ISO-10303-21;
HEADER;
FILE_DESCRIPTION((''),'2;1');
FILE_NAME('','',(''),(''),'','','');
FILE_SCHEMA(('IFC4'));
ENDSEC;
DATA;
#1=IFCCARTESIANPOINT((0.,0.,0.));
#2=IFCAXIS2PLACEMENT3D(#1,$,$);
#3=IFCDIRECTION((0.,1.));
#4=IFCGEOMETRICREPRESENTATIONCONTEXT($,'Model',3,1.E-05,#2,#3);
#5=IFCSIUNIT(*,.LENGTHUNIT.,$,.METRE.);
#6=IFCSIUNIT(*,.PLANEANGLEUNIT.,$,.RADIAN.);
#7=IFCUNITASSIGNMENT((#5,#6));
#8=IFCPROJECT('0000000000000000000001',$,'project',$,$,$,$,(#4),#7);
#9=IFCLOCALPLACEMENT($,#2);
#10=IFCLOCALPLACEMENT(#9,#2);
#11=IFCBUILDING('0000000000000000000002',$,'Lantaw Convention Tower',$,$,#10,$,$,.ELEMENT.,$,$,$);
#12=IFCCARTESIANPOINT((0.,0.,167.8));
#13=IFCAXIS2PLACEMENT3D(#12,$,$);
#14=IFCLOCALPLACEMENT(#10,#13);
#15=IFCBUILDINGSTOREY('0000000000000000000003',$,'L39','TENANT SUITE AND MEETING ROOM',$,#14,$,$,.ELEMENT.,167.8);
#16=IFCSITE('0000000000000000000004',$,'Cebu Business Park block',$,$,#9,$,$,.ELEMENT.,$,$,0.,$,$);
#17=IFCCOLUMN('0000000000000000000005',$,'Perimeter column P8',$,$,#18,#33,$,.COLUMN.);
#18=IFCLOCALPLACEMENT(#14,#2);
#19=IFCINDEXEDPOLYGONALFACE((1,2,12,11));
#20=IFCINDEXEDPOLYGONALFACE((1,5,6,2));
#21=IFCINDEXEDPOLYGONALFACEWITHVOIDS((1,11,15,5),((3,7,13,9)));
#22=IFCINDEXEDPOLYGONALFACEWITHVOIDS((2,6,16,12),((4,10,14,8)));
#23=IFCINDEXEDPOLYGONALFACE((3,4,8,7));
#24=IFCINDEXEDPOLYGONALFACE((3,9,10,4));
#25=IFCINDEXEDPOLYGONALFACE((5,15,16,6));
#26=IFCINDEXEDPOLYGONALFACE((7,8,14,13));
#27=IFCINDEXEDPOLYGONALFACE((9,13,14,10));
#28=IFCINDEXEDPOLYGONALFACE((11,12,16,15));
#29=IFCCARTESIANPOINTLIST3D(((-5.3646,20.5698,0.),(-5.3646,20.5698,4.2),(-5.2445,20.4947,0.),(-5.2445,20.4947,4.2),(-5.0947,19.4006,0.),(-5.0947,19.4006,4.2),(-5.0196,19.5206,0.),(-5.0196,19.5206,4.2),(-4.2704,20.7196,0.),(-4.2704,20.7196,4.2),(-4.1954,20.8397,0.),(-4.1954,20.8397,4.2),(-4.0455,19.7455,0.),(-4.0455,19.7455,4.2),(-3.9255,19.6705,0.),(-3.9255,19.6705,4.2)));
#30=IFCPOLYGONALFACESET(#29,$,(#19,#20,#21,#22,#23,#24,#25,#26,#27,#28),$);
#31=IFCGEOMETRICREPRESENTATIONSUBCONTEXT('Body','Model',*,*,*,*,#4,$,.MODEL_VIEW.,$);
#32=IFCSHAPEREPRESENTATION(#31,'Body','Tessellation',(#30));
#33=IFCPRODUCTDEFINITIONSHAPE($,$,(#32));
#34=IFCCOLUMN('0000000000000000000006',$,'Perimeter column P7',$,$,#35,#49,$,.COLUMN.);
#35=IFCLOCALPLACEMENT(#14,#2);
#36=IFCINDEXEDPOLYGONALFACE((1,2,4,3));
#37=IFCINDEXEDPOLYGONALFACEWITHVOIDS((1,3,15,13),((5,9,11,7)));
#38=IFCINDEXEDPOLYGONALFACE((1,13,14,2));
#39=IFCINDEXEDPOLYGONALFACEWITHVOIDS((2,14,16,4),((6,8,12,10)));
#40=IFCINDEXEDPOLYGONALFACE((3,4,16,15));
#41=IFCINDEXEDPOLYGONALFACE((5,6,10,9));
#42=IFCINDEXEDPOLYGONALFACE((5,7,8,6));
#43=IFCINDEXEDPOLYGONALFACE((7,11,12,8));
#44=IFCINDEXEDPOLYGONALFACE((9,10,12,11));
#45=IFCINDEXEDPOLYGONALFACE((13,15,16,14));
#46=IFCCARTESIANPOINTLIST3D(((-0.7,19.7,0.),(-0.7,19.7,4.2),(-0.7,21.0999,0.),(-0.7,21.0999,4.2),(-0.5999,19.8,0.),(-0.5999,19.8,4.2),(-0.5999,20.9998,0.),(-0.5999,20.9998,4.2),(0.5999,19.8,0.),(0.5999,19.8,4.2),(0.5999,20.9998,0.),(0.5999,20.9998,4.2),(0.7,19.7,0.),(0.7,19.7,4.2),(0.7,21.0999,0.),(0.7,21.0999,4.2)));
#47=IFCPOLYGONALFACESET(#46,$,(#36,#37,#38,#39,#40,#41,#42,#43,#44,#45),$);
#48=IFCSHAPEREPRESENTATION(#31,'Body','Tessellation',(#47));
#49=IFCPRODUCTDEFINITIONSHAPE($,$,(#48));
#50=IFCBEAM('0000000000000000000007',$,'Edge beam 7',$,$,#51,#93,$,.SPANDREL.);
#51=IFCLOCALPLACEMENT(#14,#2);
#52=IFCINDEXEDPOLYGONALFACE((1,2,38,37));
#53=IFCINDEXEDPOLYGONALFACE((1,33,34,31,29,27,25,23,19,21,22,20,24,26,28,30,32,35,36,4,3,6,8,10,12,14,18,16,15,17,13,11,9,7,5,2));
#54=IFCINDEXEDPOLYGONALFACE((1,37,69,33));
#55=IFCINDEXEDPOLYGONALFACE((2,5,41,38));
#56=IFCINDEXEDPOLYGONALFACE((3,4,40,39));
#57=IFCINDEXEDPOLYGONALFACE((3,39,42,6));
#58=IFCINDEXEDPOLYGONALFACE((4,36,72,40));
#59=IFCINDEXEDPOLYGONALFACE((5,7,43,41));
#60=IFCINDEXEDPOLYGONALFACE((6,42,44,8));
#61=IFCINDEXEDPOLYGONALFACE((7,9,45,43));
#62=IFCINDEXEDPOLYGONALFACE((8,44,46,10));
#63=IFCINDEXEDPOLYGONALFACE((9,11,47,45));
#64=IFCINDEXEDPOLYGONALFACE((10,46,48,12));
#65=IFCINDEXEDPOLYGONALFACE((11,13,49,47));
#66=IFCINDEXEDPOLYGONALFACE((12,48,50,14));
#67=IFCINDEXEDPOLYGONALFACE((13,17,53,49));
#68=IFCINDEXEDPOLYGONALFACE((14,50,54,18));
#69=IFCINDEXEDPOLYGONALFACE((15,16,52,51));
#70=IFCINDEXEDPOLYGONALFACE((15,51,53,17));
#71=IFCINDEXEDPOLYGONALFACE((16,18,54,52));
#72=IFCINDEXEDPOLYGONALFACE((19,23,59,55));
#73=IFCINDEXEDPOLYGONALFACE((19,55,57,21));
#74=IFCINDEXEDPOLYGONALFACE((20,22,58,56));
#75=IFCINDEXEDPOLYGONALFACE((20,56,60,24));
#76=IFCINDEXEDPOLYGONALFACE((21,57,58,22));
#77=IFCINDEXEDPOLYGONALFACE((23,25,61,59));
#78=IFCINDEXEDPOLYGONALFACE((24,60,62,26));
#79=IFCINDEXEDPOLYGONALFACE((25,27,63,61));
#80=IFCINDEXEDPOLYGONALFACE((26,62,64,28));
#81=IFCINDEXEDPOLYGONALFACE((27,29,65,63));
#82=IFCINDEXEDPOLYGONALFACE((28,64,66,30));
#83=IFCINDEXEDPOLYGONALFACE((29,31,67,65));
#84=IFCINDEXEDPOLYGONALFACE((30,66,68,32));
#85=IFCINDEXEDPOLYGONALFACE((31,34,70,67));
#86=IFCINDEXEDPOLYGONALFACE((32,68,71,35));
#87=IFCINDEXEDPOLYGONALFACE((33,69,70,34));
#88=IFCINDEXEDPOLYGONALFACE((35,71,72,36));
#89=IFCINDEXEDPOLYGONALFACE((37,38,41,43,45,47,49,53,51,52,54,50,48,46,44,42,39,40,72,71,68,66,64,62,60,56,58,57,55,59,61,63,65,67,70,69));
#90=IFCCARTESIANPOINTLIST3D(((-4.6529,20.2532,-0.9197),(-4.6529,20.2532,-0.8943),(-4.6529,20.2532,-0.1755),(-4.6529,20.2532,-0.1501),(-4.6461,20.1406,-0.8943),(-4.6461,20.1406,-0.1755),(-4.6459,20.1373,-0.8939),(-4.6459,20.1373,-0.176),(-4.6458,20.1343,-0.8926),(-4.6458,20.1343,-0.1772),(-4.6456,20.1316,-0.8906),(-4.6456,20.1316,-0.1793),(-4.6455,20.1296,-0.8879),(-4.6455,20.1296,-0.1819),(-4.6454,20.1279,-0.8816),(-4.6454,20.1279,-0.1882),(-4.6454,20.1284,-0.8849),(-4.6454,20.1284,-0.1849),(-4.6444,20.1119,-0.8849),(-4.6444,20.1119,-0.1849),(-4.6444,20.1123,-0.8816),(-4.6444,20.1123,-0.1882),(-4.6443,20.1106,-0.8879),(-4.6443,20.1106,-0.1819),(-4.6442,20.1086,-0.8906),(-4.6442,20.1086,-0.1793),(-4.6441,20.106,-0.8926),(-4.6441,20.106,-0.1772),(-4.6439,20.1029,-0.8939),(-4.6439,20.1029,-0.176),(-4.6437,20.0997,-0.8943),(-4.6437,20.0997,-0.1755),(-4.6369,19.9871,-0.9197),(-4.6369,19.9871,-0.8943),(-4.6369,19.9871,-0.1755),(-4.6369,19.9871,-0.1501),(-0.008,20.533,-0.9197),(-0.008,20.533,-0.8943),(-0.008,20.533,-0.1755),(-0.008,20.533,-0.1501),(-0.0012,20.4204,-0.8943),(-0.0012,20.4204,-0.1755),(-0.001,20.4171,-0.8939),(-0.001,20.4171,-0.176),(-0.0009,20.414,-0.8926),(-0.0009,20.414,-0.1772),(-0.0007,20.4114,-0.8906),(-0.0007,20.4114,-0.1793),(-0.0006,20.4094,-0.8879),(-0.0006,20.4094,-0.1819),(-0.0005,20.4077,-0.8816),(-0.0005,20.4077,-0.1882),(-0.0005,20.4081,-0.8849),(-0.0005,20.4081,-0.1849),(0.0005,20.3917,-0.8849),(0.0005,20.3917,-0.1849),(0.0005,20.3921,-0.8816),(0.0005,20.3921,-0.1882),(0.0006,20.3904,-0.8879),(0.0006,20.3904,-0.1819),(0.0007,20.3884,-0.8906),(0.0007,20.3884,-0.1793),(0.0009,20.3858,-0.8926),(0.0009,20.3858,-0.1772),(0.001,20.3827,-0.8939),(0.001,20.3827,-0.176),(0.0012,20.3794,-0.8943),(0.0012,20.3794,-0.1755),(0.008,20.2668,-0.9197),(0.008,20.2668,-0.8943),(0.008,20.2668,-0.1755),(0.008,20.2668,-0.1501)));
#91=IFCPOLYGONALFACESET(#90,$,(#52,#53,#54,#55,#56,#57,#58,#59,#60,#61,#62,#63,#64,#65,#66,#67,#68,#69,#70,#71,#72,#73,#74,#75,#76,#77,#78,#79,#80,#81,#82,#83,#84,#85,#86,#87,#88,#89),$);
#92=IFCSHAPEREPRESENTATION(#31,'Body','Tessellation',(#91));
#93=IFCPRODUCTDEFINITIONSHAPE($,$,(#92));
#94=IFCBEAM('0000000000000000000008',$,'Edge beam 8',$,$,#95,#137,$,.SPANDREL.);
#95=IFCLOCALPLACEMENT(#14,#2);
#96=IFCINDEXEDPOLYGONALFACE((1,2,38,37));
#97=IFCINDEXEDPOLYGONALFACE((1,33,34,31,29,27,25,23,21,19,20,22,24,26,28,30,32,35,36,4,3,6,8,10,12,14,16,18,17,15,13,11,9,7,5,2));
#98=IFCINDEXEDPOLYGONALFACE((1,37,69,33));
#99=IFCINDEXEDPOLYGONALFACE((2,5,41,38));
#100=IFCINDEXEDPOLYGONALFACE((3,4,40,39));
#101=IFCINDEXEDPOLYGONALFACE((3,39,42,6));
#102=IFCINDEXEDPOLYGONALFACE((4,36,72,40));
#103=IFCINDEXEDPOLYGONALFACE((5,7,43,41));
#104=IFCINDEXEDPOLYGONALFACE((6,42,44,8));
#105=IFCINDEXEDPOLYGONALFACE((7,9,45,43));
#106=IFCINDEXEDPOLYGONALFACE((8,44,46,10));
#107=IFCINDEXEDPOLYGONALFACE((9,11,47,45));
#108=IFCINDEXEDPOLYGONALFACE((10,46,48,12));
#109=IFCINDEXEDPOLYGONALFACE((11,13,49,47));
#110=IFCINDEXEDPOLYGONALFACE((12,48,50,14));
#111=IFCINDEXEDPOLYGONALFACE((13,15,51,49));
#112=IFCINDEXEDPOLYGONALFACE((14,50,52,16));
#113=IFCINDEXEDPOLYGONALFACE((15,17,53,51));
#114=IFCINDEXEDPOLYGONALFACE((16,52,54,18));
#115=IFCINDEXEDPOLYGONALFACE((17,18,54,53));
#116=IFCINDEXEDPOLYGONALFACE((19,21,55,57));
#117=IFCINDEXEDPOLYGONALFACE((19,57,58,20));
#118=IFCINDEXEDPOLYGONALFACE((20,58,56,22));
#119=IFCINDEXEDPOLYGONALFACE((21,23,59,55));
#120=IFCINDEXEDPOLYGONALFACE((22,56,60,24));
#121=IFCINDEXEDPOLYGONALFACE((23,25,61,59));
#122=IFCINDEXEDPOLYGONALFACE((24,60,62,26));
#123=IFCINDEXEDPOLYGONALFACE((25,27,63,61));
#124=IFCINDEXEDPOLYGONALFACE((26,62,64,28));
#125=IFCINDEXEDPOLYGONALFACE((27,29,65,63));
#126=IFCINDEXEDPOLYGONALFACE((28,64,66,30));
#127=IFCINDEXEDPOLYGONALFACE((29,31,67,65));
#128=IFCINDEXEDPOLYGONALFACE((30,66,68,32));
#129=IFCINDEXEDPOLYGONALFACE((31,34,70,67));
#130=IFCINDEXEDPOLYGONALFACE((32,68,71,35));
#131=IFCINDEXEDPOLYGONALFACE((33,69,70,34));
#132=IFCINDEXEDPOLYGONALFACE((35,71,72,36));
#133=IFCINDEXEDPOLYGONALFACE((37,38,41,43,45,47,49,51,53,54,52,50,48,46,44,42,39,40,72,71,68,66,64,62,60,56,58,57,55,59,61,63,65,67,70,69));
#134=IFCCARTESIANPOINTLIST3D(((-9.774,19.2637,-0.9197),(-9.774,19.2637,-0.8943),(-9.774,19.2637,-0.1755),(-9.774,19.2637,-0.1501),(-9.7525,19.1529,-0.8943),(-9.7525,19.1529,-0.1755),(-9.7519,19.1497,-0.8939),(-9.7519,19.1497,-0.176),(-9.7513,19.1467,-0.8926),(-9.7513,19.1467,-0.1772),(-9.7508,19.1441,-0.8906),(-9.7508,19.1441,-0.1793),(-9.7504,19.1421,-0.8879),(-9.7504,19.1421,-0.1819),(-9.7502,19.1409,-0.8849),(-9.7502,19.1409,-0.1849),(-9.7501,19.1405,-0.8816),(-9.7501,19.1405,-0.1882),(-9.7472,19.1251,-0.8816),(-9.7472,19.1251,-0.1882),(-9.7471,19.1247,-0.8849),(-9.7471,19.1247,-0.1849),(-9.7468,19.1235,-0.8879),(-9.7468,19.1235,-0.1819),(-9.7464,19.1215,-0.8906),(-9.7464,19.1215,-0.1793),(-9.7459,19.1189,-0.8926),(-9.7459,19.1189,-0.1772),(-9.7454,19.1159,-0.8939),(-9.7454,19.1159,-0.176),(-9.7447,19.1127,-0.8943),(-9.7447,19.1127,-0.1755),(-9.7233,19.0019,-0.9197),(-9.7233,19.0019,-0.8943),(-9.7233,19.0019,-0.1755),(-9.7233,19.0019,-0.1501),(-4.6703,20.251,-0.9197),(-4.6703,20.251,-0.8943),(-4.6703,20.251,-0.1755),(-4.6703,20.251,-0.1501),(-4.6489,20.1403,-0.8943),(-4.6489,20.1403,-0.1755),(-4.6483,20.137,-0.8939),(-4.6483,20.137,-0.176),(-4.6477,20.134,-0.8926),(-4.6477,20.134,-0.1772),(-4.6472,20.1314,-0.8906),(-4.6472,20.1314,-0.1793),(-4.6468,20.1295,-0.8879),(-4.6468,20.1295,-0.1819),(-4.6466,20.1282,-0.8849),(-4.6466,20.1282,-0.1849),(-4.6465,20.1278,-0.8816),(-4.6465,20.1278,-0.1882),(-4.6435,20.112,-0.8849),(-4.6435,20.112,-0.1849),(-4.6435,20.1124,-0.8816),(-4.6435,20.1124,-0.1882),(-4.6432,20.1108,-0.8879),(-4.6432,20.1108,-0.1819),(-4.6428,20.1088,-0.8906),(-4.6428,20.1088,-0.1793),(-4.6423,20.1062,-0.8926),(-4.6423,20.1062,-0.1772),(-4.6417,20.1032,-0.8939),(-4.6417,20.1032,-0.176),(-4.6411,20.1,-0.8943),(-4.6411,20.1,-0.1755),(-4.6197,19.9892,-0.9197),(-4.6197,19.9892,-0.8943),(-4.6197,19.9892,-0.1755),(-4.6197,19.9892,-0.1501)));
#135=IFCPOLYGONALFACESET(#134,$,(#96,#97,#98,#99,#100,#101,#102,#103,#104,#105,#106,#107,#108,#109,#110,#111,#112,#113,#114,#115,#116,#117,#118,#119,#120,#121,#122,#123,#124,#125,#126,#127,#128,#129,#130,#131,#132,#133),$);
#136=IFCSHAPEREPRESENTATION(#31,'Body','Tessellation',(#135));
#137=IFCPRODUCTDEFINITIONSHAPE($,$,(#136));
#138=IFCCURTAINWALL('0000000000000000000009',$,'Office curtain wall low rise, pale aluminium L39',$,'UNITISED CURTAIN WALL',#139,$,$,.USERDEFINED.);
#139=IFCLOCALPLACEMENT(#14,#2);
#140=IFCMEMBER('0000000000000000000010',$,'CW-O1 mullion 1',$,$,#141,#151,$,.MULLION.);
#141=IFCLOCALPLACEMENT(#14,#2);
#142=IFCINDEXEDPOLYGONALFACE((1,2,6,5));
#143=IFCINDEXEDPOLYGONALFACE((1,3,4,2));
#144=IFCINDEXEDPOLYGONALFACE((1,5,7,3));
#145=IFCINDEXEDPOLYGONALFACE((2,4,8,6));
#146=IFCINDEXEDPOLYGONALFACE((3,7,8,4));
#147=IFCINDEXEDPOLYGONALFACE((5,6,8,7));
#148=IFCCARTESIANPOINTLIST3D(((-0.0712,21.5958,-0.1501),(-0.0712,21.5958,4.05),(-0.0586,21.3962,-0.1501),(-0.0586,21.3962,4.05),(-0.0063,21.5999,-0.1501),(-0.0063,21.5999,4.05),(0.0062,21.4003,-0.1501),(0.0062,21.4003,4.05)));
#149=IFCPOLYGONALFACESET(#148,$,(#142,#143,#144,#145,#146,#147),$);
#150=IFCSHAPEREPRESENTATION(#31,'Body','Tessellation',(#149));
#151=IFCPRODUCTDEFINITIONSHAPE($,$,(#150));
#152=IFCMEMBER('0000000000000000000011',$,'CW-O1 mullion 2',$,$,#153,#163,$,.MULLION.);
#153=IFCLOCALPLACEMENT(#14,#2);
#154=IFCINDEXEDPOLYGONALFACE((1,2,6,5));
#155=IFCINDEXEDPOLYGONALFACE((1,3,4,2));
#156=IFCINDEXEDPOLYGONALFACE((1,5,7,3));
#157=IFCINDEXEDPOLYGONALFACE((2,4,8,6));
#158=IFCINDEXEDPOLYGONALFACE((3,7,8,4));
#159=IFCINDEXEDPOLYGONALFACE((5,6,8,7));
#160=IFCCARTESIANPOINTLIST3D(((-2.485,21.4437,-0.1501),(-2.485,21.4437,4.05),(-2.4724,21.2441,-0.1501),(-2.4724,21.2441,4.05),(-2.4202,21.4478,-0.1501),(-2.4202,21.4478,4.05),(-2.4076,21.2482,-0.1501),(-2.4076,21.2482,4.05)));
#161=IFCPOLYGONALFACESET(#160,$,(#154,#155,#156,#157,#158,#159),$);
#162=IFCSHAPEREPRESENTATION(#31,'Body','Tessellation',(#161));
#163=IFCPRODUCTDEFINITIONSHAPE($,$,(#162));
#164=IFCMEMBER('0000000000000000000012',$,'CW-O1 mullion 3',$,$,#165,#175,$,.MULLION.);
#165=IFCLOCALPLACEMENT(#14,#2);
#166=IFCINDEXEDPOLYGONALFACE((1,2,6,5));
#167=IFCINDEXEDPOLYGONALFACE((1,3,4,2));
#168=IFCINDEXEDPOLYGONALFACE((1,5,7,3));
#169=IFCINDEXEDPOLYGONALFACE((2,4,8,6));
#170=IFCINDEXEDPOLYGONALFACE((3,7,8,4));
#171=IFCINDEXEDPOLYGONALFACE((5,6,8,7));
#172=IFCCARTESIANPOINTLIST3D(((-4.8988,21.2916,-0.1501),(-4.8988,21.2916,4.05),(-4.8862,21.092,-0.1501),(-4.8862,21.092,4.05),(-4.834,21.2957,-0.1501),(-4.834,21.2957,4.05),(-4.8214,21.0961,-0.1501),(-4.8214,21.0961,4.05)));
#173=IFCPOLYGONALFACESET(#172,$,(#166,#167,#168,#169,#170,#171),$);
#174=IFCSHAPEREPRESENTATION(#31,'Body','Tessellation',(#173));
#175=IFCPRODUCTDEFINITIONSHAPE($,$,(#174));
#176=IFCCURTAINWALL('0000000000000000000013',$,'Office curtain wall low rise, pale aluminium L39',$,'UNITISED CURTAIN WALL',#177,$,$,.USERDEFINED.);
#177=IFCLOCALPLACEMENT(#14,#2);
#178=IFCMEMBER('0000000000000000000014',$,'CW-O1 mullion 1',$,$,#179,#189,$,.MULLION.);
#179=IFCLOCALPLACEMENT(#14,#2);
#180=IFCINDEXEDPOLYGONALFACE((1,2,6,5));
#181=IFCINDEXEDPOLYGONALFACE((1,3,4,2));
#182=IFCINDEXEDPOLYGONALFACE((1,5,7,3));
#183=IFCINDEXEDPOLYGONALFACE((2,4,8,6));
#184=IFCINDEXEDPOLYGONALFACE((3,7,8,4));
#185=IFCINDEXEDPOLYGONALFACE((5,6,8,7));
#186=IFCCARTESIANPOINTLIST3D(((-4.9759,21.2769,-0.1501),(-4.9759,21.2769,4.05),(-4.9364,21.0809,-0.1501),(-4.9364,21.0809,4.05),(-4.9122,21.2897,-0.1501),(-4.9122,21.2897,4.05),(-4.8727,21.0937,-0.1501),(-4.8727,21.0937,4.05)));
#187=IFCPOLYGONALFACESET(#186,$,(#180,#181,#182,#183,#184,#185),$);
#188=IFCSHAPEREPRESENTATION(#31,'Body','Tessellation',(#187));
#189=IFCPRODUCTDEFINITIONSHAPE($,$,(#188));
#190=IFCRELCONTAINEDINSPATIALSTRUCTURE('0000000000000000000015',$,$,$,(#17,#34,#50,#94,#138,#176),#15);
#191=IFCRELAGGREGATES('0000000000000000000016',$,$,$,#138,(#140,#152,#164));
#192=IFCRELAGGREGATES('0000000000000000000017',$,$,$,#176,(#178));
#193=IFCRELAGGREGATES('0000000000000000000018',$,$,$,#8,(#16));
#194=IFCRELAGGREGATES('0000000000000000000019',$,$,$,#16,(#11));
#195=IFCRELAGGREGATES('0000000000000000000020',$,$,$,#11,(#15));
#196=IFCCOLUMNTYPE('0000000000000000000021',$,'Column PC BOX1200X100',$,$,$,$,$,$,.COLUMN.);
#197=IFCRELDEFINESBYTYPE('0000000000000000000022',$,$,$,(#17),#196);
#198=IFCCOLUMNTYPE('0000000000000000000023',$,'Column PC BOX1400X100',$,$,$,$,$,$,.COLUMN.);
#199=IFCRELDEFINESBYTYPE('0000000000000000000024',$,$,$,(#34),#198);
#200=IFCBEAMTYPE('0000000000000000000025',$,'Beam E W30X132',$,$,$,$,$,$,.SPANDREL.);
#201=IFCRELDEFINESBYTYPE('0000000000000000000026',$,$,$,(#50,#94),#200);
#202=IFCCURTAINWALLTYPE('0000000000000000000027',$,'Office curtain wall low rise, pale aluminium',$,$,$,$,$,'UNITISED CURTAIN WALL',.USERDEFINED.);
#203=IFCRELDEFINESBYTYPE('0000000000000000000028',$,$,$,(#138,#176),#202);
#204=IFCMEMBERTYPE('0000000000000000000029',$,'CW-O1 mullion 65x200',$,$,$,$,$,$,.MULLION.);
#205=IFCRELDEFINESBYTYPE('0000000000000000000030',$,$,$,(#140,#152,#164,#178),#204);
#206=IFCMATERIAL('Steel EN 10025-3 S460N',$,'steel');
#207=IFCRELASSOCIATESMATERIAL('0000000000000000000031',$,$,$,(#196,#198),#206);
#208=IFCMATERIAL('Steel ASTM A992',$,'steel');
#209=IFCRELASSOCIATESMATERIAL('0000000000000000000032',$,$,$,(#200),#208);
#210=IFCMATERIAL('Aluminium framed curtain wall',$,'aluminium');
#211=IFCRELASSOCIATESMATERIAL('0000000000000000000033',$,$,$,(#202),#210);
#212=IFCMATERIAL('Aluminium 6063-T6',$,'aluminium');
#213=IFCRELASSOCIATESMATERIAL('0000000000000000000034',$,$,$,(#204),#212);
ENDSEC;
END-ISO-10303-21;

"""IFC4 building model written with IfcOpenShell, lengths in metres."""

from ifc_helpers import new_model, si_unit, direction, frame, origin, origin_2d, place, context, subcontext, project, spatial, rectangle, hollow_rectangle, i_section, extrude, material, material_profile, profile_set, type_object, element, aggregate, save


model = new_model("IFC4")

# Units and contexts
model_context = context("Model", 3, precision=1e-05, world=origin(), true_north=direction((0.0, 1.0)))
body_context = subcontext(model_context, "Body", "Model", "MODEL_VIEW")
ifc_project = project(units=[si_unit("LENGTHUNIT", "METRE"), si_unit("PLANEANGLEUNIT", "RADIAN")], contexts=[model_context])

# Site, building, storey
site_placement = place(None, origin())
site = spatial("IfcSite", under=ifc_project, at=site_placement, Name="Cebu Business Park block", CompositionType="ELEMENT", RefElevation=0.0)
building_placement = place(site_placement, origin())
building = spatial("IfcBuilding", under=site, at=building_placement, Name="Lantaw Convention Tower", CompositionType="ELEMENT")
storey_placement = place(building_placement, frame((0.0, 0.0, 167.8)))
storey = spatial("IfcBuildingStorey", under=building, at=storey_placement, Name="L39", Description="TENANT SUITE AND MEETING ROOM", CompositionType="ELEMENT", Elevation=167.8)

# Columns
ifc_material_1 = material(Name="Steel EN 10025-3 S460N", Category="steel")
ifc_material_profile_1 = material_profile(ifc_material_1, hollow_rectangle(XDim=1.2, YDim=1.2, WallThickness=0.1001, at=origin_2d()), Name="BOX1200X100")
ifc_material_2 = material(Name="Concrete C60/75", Category="concrete")
ifc_material_profile_2 = material_profile(ifc_material_2, rectangle(XDim=1.0, YDim=1.0, at=origin_2d()), Name="Concrete fill of BOX1200X100")
ifc_profile_set_1 = profile_set([ifc_material_profile_1, ifc_material_profile_2], Name="Steel EN 10025-3 S460N")
column_type_1 = type_object("IfcColumnType", Name="Column PC BOX1200X100", PredefinedType="COLUMN", material=ifc_profile_set_1)
column_1_placement = place(storey_placement, frame((-4.645, 20.1201, 0.0), z_axis=(0.0, 0.0, 1.0), x_axis=(0.97437, 0.224951, 0.0)))
element("IfcColumn", 1, at=column_1_placement, inside=storey, type_object=column_type_1, Name="Perimeter column P8", PredefinedType="COLUMN", context=body_context, shape_type="SweptSolid", body=[
    extrude(hollow_rectangle(XDim=1.2, YDim=1.2, WallThickness=0.1001, at=origin_2d()), origin(), (0.0, 0.0, 1.0), 4.2),
])
ifc_material_profile_3 = material_profile(ifc_material_1, hollow_rectangle(XDim=1.3999, YDim=1.3999, WallThickness=0.1001, at=origin_2d()), Name="BOX1400X100")
ifc_material_profile_4 = material_profile(ifc_material_2, rectangle(XDim=1.2, YDim=1.2, at=origin_2d()), Name="Concrete fill of BOX1400X100")
ifc_profile_set_2 = profile_set([ifc_material_profile_3, ifc_material_profile_4], Name="Steel EN 10025-3 S460N")
column_type_2 = type_object("IfcColumnType", Name="Column PC BOX1400X100", PredefinedType="COLUMN", material=ifc_profile_set_2)
column_2_placement = place(storey_placement, frame((0.0, 20.3999, 0.0), z_axis=(0.0, 0.0, 1.0), x_axis=(1.0, 0.0, 0.0)))
element("IfcColumn", 2, at=column_2_placement, inside=storey, type_object=column_type_2, Name="Perimeter column P7", PredefinedType="COLUMN", context=body_context, shape_type="SweptSolid", body=[
    extrude(hollow_rectangle(XDim=1.3999, YDim=1.3999, WallThickness=0.1001, at=origin_2d()), origin(), (0.0, 0.0, 1.0), 4.2),
])

# Beams
ifc_material_3 = material(Name="Steel ASTM A992", Category="steel")
ifc_material_profile_5 = material_profile(ifc_material_3, i_section(OverallWidth=0.2666, OverallDepth=0.7695, WebThickness=0.0156, FlangeThickness=0.0254, FilletRadius=0.0127, at=origin_2d()), Name="W30X132")
ifc_profile_set_3 = profile_set([ifc_material_profile_5], Name="Steel ASTM A992")
beam_type = type_object("IfcBeamType", Name="Beam E W30X132", PredefinedType="SPANDREL", material=ifc_profile_set_3)
beam_1_placement = place(storey_placement, frame((0.0, 20.3999, -0.5349), z_axis=(-0.998191, -0.060124, 0.0), x_axis=(0.060124, -0.998191, 0.0)))
element("IfcBeam", 3, at=beam_1_placement, inside=storey, type_object=beam_type, Name="Edge beam 7", PredefinedType="SPANDREL", context=body_context, shape_type="SweptSolid", body=[
    extrude(i_section(OverallWidth=0.2666, OverallDepth=0.7695, WebThickness=0.0156, FlangeThickness=0.0254, FilletRadius=0.0127, at=origin_2d()), origin(), (0.0, 0.0, 1.0), 4.6533),
])
beam_2_placement = place(storey_placement, frame((-4.645, 20.1201, -0.5349), z_axis=(-0.981797, -0.189934, 0.0), x_axis=(0.189934, -0.981797, 0.0)))
element("IfcBeam", 4, at=beam_2_placement, inside=storey, type_object=beam_type, Name="Edge beam 8", PredefinedType="SPANDREL", context=body_context, shape_type="SweptSolid", body=[
    extrude(i_section(OverallWidth=0.2666, OverallDepth=0.7695, WebThickness=0.0156, FlangeThickness=0.0254, FilletRadius=0.0127, at=origin_2d()), origin(), (0.0, 0.0, 1.0), 5.1982),
])

# Curtain walls, members
ifc_material_4 = material(Name="Aluminium framed curtain wall", Category="aluminium")
curtain_wall_type = type_object("IfcCurtainWallType", Name="Office curtain wall low rise, pale aluminium", ElementType="UNITISED CURTAIN WALL", PredefinedType="USERDEFINED", material=ifc_material_4)
curtain_wall_1_placement = place(storey_placement, origin())
curtain_wall_1 = element("IfcCurtainWall", 5, at=curtain_wall_1_placement, inside=storey, type_object=curtain_wall_type, Name="Office curtain wall low rise, pale aluminium L39", ObjectType="UNITISED CURTAIN WALL", PredefinedType="USERDEFINED")
ifc_material_5 = material(Name="Aluminium 6063-T6", Category="aluminium")
ifc_material_profile_6 = material_profile(ifc_material_5, rectangle(XDim=0.2, YDim=0.0649, at=origin_2d()), Name="CW-O1 mullion 65x200")
ifc_profile_set_4 = profile_set([ifc_material_profile_6], Name="Aluminium 6063-T6")
member_type_1 = type_object("IfcMemberType", Name="CW-O1 mullion 65x200", PredefinedType="MULLION", material=ifc_profile_set_4)
member_1_placement = place(storey_placement, frame((-0.0325, 21.498, -0.1501), z_axis=(0.0, 0.0, 1.0), x_axis=(0.062865, -0.998022, 0.0)))
member_1 = element("IfcMember", 6, at=member_1_placement, type_object=member_type_1, Name="CW-O1 mullion 1", PredefinedType="MULLION", context=body_context, shape_type="SweptSolid", body=[
    extrude(rectangle(XDim=0.2, YDim=0.0649, at=origin_2d()), origin(), (0.0, 0.0, 1.0), 4.2002),
])
member_2_placement = place(storey_placement, frame((-2.4463, 21.3459, -0.1501), z_axis=(0.0, 0.0, 1.0), x_axis=(0.062865, -0.998022, 0.0)))
member_2 = element("IfcMember", 7, at=member_2_placement, type_object=member_type_1, Name="CW-O1 mullion 2", PredefinedType="MULLION", context=body_context, shape_type="SweptSolid", body=[
    extrude(rectangle(XDim=0.2, YDim=0.0649, at=origin_2d()), origin(), (0.0, 0.0, 1.0), 4.2002),
])
member_3_placement = place(storey_placement, frame((-4.8601, 21.1938, -0.1501), z_axis=(0.0, 0.0, 1.0), x_axis=(0.062865, -0.998022, 0.0)))
member_3 = element("IfcMember", 8, at=member_3_placement, type_object=member_type_1, Name="CW-O1 mullion 3", PredefinedType="MULLION", context=body_context, shape_type="SweptSolid", body=[
    extrude(rectangle(XDim=0.2, YDim=0.0649, at=origin_2d()), origin(), (0.0, 0.0, 1.0), 4.2002),
])
curtain_wall_2_placement = place(storey_placement, origin())
curtain_wall_2 = element("IfcCurtainWall", 9, at=curtain_wall_2_placement, inside=storey, type_object=curtain_wall_type, Name="Office curtain wall low rise, pale aluminium L39", ObjectType="UNITISED CURTAIN WALL", PredefinedType="USERDEFINED")
member_4_placement = place(storey_placement, frame((-4.9243, 21.1853, -0.1501), z_axis=(0.0, 0.0, 1.0), x_axis=(0.197507, -0.980302, 0.0)))
member_4 = element("IfcMember", 10, at=member_4_placement, type_object=member_type_1, Name="CW-O1 mullion 1", PredefinedType="MULLION", context=body_context, shape_type="SweptSolid", body=[
    extrude(rectangle(XDim=0.2, YDim=0.0649, at=origin_2d()), origin(), (0.0, 0.0, 1.0), 4.2002),
])

aggregate(curtain_wall_1, [member_1, member_2, member_3])
aggregate(curtain_wall_2, [member_4])

save(model, "model.ifc")
